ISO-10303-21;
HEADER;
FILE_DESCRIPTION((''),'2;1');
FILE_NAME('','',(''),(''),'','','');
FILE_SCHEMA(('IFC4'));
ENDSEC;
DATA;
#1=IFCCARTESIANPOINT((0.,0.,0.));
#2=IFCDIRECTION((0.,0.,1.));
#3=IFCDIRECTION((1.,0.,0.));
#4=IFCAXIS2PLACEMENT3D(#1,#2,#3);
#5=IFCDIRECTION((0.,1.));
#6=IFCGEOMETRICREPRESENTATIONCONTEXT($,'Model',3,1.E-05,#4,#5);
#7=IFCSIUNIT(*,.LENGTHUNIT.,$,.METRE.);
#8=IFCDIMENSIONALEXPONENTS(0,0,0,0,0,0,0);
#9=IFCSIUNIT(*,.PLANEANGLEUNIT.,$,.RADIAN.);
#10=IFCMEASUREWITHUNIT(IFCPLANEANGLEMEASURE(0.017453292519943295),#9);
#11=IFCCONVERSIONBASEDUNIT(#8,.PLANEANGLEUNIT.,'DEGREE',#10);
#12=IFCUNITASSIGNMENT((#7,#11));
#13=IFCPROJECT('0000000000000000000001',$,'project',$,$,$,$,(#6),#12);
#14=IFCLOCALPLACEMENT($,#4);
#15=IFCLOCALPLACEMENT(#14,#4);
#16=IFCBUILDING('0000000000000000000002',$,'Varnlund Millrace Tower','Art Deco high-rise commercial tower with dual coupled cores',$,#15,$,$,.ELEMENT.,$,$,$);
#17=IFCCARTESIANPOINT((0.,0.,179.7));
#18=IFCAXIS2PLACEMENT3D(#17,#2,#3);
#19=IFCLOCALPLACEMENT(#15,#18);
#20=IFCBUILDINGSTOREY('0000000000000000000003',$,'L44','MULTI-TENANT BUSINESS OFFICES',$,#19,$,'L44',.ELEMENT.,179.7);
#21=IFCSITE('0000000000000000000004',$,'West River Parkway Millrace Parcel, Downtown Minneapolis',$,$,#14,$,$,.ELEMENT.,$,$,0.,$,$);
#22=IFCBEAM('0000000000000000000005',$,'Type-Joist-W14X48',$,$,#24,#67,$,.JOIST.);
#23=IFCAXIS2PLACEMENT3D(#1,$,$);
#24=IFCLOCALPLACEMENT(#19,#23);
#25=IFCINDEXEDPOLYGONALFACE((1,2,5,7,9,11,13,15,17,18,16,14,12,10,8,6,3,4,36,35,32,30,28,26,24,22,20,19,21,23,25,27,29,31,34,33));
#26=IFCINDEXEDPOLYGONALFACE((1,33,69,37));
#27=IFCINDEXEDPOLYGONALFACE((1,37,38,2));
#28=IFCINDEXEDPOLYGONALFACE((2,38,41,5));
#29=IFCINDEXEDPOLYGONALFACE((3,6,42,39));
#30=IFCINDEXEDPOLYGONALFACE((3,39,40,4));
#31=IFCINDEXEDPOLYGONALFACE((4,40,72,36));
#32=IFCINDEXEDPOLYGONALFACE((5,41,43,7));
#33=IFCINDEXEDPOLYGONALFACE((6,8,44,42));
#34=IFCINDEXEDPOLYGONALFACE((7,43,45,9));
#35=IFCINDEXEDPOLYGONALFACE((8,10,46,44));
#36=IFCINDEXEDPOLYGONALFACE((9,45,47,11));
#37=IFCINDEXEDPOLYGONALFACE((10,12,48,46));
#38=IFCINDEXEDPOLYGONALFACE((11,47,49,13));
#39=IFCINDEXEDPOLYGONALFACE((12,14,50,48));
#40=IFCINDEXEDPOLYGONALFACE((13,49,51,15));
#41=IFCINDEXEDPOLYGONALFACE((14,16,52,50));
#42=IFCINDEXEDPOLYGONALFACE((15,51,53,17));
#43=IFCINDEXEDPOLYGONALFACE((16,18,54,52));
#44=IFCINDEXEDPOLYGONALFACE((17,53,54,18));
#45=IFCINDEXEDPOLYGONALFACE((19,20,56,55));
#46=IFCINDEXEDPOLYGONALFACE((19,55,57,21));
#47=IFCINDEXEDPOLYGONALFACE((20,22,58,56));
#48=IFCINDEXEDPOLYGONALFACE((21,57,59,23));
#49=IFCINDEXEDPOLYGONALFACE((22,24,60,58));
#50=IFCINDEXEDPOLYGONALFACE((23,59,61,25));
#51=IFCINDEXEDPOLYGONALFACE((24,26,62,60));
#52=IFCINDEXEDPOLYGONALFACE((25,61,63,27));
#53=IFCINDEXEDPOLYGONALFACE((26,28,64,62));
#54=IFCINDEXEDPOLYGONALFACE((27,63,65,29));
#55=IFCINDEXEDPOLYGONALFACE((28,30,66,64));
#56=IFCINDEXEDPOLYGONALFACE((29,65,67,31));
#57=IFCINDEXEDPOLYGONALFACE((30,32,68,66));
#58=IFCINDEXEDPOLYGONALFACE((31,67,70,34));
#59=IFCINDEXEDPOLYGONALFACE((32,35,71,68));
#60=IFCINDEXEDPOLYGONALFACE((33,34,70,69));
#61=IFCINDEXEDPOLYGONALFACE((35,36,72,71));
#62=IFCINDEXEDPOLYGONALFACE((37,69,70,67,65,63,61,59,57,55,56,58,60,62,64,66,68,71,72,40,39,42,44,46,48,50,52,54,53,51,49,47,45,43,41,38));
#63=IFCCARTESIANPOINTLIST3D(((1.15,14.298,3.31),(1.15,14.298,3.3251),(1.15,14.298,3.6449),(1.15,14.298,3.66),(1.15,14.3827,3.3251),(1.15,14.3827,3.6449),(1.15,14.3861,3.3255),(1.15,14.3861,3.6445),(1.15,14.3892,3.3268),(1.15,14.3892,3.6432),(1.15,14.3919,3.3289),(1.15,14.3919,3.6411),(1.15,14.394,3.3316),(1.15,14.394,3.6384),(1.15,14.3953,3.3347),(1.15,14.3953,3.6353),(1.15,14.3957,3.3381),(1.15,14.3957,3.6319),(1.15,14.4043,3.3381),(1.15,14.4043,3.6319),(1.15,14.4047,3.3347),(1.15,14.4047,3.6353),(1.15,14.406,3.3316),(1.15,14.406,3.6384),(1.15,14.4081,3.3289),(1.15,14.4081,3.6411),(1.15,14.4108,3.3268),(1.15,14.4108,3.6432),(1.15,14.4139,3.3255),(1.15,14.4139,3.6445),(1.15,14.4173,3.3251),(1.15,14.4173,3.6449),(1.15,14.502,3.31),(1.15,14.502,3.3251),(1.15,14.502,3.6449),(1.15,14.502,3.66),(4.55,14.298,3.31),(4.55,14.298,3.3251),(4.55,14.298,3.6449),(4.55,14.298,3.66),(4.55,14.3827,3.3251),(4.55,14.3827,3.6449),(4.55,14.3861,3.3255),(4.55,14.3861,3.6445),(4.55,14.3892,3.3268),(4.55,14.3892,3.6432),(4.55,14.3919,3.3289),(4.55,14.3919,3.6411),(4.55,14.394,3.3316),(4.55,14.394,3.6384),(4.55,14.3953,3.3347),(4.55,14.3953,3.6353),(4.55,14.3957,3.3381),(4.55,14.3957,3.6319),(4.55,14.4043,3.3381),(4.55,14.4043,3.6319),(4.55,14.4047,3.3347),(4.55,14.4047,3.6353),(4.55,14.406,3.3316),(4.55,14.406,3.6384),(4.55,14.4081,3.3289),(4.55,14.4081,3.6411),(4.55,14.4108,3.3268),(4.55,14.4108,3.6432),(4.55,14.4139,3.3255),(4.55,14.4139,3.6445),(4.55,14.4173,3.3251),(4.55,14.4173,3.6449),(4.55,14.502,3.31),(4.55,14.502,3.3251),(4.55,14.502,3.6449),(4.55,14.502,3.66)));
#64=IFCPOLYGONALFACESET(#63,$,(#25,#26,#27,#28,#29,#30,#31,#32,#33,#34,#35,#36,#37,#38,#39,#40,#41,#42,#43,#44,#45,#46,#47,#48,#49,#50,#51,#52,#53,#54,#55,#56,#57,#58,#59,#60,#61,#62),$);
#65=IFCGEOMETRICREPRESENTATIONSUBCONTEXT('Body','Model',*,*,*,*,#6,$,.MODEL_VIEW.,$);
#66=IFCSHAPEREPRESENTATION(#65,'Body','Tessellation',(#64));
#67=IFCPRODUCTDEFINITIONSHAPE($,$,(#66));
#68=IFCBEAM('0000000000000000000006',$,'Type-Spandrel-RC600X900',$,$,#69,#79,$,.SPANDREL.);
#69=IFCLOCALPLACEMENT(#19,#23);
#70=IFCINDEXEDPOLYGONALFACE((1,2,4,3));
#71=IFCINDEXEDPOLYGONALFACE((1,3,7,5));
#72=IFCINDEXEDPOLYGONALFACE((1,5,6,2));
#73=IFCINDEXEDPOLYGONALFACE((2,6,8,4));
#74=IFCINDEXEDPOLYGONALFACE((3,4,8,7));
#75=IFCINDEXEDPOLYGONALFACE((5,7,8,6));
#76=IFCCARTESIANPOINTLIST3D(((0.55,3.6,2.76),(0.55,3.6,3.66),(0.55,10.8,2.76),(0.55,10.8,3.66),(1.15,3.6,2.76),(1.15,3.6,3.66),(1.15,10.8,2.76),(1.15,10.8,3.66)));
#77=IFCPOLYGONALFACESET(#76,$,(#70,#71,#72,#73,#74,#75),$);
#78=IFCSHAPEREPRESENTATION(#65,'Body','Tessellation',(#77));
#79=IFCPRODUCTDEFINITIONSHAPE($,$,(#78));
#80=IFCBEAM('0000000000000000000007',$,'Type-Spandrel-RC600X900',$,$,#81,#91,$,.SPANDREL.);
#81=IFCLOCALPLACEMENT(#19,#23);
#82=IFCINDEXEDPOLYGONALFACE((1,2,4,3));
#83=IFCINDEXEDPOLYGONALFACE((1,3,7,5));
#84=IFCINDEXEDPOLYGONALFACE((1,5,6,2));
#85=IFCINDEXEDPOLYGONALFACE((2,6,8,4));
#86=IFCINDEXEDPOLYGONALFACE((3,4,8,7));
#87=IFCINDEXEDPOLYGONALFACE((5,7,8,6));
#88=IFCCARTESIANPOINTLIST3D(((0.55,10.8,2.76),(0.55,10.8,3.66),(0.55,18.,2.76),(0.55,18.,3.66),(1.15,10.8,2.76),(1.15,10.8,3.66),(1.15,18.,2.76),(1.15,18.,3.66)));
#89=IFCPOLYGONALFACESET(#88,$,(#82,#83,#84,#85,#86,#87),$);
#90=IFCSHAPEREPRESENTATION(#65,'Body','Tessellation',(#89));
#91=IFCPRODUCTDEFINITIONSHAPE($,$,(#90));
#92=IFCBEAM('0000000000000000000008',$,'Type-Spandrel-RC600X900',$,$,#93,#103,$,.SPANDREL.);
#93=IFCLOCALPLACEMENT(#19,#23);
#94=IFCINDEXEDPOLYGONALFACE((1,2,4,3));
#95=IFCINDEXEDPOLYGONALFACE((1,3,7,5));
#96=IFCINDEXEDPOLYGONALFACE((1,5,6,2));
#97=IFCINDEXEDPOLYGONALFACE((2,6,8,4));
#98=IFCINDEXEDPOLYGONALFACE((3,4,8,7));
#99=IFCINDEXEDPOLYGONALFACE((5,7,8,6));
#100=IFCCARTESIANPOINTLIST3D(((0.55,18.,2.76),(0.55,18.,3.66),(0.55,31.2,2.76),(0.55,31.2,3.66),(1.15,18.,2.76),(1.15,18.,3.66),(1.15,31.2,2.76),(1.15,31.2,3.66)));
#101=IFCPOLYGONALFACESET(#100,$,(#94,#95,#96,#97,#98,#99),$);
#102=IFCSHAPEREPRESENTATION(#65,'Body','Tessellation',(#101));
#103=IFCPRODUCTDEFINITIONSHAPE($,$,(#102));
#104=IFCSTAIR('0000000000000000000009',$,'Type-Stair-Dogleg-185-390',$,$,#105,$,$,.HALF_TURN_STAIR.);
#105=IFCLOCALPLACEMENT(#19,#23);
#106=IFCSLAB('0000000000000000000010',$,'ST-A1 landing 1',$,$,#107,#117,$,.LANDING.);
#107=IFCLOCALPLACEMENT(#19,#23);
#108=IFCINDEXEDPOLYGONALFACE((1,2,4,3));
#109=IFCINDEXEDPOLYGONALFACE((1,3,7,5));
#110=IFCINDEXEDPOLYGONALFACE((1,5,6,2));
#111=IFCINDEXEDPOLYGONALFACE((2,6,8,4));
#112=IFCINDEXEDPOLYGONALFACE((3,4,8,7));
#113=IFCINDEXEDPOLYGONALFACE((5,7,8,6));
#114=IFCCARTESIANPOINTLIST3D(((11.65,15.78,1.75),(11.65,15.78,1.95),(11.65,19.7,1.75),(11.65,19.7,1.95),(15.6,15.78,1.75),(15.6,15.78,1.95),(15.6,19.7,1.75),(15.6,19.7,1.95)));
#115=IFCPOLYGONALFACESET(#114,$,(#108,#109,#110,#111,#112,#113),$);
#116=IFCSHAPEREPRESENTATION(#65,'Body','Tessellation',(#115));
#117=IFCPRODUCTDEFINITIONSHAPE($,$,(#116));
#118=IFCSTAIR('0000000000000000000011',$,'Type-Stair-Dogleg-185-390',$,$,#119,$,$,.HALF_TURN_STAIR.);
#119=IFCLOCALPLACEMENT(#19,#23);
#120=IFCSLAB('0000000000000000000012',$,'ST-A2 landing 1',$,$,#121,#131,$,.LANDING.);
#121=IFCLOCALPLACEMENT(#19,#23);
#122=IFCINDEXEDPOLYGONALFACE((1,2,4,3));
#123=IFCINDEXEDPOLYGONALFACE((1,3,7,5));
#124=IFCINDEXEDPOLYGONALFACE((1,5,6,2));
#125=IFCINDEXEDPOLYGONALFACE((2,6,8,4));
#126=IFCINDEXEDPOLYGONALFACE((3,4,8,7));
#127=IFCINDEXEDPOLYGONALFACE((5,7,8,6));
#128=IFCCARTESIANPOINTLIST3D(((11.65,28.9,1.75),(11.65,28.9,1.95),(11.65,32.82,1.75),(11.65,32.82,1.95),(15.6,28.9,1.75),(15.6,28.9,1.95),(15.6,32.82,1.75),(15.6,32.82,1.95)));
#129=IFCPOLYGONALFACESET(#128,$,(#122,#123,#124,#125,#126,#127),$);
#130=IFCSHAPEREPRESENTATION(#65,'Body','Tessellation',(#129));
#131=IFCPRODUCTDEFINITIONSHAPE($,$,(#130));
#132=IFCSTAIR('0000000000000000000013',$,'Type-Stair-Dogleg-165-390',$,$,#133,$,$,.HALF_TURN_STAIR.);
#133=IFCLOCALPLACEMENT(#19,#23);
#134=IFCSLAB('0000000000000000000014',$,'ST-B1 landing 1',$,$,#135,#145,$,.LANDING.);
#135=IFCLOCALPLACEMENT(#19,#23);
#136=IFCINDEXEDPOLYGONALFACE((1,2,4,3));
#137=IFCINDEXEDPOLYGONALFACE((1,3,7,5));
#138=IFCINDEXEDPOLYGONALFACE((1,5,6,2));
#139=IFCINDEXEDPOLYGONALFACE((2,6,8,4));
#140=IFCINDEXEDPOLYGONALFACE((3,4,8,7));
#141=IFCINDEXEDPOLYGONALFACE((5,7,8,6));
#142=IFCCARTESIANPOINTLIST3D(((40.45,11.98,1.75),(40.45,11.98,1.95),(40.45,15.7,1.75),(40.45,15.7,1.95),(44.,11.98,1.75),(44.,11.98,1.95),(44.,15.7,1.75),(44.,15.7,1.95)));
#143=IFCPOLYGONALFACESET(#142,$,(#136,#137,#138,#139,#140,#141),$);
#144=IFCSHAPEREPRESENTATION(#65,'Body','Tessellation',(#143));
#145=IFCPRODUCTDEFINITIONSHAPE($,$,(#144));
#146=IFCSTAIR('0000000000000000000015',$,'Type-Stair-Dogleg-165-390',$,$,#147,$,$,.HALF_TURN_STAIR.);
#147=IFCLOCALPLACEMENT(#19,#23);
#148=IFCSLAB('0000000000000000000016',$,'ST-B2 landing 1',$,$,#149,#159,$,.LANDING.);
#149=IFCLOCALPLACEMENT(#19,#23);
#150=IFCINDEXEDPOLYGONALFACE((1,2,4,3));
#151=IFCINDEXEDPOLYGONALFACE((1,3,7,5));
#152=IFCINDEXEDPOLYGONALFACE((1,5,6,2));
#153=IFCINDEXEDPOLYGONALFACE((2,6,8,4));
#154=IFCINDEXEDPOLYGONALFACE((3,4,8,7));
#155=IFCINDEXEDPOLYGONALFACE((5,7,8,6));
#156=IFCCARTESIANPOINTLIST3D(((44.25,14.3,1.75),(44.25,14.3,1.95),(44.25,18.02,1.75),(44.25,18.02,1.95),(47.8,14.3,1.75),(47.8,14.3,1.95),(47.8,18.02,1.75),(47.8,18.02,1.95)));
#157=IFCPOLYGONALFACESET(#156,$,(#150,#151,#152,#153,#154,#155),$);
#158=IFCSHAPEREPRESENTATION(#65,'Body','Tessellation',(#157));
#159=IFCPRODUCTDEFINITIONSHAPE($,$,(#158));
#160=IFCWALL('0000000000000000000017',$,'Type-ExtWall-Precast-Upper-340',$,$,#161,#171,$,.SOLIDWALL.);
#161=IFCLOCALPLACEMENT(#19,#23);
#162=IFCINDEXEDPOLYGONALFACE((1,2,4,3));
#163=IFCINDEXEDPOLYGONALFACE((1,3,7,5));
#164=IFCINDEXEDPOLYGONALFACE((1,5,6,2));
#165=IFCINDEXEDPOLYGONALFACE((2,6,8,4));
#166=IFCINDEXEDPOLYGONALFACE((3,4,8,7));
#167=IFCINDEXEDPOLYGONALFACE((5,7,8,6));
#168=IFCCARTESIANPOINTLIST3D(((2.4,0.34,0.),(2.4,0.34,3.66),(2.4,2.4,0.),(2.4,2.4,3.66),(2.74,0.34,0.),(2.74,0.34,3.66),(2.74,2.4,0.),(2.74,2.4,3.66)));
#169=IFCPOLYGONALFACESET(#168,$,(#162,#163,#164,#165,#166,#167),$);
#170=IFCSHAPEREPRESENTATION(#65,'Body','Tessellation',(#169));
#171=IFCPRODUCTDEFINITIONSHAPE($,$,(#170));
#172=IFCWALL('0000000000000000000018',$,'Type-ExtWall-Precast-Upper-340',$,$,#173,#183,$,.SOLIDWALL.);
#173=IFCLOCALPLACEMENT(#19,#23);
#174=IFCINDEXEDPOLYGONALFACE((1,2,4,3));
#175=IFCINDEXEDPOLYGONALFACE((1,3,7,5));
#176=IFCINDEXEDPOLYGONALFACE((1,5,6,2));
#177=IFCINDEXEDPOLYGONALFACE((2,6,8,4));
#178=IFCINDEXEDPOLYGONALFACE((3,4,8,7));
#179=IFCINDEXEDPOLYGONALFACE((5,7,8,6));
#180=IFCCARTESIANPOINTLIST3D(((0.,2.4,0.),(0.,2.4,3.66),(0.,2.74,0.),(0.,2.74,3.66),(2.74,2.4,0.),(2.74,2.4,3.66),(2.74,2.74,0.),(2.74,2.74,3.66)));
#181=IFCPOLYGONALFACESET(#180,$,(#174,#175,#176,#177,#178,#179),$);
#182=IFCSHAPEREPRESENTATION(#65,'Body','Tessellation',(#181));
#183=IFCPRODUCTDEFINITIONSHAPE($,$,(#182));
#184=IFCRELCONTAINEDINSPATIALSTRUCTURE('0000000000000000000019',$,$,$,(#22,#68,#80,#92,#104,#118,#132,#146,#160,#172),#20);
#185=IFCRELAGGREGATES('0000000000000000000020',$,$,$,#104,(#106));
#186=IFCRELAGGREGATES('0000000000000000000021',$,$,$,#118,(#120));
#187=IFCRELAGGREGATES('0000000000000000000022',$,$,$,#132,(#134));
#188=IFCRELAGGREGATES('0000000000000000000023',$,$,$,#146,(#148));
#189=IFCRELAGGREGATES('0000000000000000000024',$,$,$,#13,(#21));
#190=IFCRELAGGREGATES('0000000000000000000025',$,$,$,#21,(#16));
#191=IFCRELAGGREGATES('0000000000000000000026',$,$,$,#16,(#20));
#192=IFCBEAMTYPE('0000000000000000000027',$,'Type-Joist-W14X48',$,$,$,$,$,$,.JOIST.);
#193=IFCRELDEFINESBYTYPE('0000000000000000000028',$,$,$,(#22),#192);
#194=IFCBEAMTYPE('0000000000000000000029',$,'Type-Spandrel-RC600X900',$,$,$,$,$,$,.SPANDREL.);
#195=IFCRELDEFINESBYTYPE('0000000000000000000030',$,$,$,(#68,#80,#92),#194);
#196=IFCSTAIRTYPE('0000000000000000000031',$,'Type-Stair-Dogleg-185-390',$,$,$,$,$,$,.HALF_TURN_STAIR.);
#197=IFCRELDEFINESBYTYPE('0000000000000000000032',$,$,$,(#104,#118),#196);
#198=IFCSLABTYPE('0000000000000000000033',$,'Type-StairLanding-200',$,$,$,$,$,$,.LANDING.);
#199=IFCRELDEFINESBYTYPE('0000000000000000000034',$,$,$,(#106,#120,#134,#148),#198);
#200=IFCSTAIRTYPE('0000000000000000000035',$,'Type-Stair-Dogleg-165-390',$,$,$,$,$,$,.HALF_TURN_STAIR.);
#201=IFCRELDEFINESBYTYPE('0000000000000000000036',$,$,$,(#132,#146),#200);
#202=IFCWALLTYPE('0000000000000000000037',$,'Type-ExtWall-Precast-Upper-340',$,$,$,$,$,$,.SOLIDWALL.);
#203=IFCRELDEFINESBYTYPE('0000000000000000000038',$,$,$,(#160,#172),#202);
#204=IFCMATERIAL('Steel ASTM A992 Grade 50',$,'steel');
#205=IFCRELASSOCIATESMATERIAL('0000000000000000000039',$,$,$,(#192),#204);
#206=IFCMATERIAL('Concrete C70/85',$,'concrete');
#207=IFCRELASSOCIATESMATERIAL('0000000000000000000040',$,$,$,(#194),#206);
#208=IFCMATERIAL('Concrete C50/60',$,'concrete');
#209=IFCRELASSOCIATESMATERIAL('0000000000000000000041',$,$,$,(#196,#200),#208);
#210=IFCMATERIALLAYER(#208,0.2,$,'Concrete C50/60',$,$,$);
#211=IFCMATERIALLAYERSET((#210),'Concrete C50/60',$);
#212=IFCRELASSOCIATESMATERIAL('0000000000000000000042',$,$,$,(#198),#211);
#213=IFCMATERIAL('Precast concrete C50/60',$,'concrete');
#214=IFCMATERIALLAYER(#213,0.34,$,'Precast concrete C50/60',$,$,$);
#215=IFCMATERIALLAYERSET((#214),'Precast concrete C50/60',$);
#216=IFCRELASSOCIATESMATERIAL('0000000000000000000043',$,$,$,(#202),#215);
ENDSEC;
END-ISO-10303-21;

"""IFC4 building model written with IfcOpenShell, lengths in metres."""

from ifc_helpers import new_model, entity, si_unit, converted_unit, direction, frame, origin_with_axes, origin_2d_with_axis, place, context, subcontext, project, spatial, polyline, rectangle, i_section, outline, extrude, material, layer, layer_set, material_profile, profile_set, type_object, element, aggregate, save


model = new_model("IFC4")

# Units and contexts
model_context = context("Model", 3, precision=1e-05, world=origin_with_axes(), true_north=direction((0.0, 1.0)))
body_context = subcontext(model_context, "Body", "Model", "MODEL_VIEW")
ifc_project = project(units=[si_unit("LENGTHUNIT", "METRE"), converted_unit("PLANEANGLEUNIT", "DEGREE", entity("IfcPlaneAngleMeasure", 0.017453292519943295), si_unit("PLANEANGLEUNIT", "RADIAN"), dimensions=[0, 0, 0, 0, 0, 0, 0])], contexts=[model_context])

# Site, building, storey
site_placement = place(None, origin_with_axes())
site = spatial("IfcSite", under=ifc_project, at=site_placement, Name="West River Parkway Millrace Parcel, Downtown Minneapolis", CompositionType="ELEMENT", RefElevation=0.0)
building_placement = place(site_placement, origin_with_axes())
building = spatial("IfcBuilding", under=site, at=building_placement, Name="Varnlund Millrace Tower", Description="Art Deco high-rise commercial tower with dual coupled cores", CompositionType="ELEMENT")
storey_placement = place(building_placement, frame((0.0, 0.0, 179.7), z_axis=(0.0, 0.0, 1.0), x_axis=(1.0, 0.0, 0.0)))
storey = spatial("IfcBuildingStorey", under=building, at=storey_placement, Name="L44", Description="MULTI-TENANT BUSINESS OFFICES", LongName="L44", CompositionType="ELEMENT", Elevation=179.7)

# Beams
ifc_material_1 = material(Name="Steel ASTM A992 Grade 50", Category="steel")
ifc_material_profile_1 = material_profile(ifc_material_1, i_section(OverallWidth=0.204, OverallDepth=0.35, WebThickness=0.0086, FlangeThickness=0.0151, FilletRadius=0.013, at=origin_2d_with_axis()), Name="Steel ASTM A992 Grade 50")
ifc_profile_set_1 = profile_set([ifc_material_profile_1], Name="Steel ASTM A992 Grade 50")
beam_type_1 = type_object("IfcBeamType", Name="Type-Joist-W14X48", PredefinedType="JOIST", material=ifc_profile_set_1)
for number, where, z_axis, x_axis, name in (
    (1, (1.15, 14.4, 3.485), (1.0, 0.0, 0.0), (0.0, 1.0, 0.0), "Type-Joist-W14X48"),
):
    element("IfcBeam", number, at=place(storey_placement, frame(where, z_axis=z_axis, x_axis=x_axis)), inside=storey, type_object=beam_type_1, Name=name, PredefinedType="JOIST", context=body_context, shape_type="SweptSolid", body=[
        extrude(i_section(OverallWidth=0.204, OverallDepth=0.35, WebThickness=0.0086, FlangeThickness=0.0151, FilletRadius=0.013, at=origin_2d_with_axis()), origin_with_axes(), (0.0, 0.0, 1.0), 3.4),
    ])
ifc_material_2 = material(Name="Concrete C70/85", Category="concrete")
ifc_material_profile_2 = material_profile(ifc_material_2, rectangle(XDim=0.6, YDim=0.9, at=origin_2d_with_axis()), Name="Concrete C70/85")
ifc_profile_set_2 = profile_set([ifc_material_profile_2], Name="Concrete C70/85")
beam_type_2 = type_object("IfcBeamType", Name="Type-Spandrel-RC600X900", PredefinedType="SPANDREL", material=ifc_profile_set_2)
for number, where, z_axis, x_axis, name in (
    (2, (0.85, 3.6, 3.21), (0.0, 1.0, 0.0), (-1.0, 0.0, 0.0), "Type-Spandrel-RC600X900"),
    (3, (0.85, 10.8, 3.21), (0.0, 1.0, 0.0), (-1.0, 0.0, 0.0), "Type-Spandrel-RC600X900"),
):
    element("IfcBeam", number, at=place(storey_placement, frame(where, z_axis=z_axis, x_axis=x_axis)), inside=storey, type_object=beam_type_2, Name=name, PredefinedType="SPANDREL", context=body_context, shape_type="SweptSolid", body=[
        extrude(rectangle(XDim=0.6, YDim=0.9, at=origin_2d_with_axis()), origin_with_axes(), (0.0, 0.0, 1.0), 7.2),
    ])
beam_1_placement = place(storey_placement, frame((0.85, 18.0, 3.21), z_axis=(0.0, 1.0, 0.0), x_axis=(-1.0, 0.0, 0.0)))
element("IfcBeam", 4, at=beam_1_placement, inside=storey, type_object=beam_type_2, Name="Type-Spandrel-RC600X900", PredefinedType="SPANDREL", context=body_context, shape_type="SweptSolid", body=[
    extrude(rectangle(XDim=0.6, YDim=0.9, at=origin_2d_with_axis()), origin_with_axes(), (0.0, 0.0, 1.0), 13.2),
])

# Stairs, slabs
ifc_material_3 = material(Name="Concrete C50/60", Category="concrete")
stair_type_1 = type_object("IfcStairType", Name="Type-Stair-Dogleg-185-390", PredefinedType="HALF_TURN_STAIR", material=ifc_material_3)
stair_1_placement = place(storey_placement, origin_with_axes())
stair_1 = element("IfcStair", 5, at=stair_1_placement, inside=storey, type_object=stair_type_1, Name="Type-Stair-Dogleg-185-390", PredefinedType="HALF_TURN_STAIR")
ifc_layer_1 = layer(ifc_material_3, 0.2, Name="Concrete C50/60")
ifc_layer_set_1 = layer_set([ifc_layer_1], Name="Concrete C50/60")
slab_type = type_object("IfcSlabType", Name="Type-StairLanding-200", PredefinedType="LANDING", material=ifc_layer_set_1)
slab_1_placement = place(storey_placement, frame((0.0, 0.0, 1.75), z_axis=(0.0, 0.0, 1.0), x_axis=(1.0, 0.0, 0.0)))
slab_1 = element("IfcSlab", 6, at=slab_1_placement, type_object=slab_type, Name="ST-A1 landing 1", PredefinedType="LANDING", context=body_context, shape_type="SweptSolid", body=[
    extrude(outline(polyline([(15.6, 15.78), (15.6, 19.7), (11.65, 19.7), (11.65, 15.78), (15.6, 15.78)])), origin_with_axes(), (0.0, 0.0, 1.0), 0.2),
])
aggregate(stair_1, [slab_1])
stair_2_placement = place(storey_placement, origin_with_axes())
stair_2 = element("IfcStair", 7, at=stair_2_placement, inside=storey, type_object=stair_type_1, Name="Type-Stair-Dogleg-185-390", PredefinedType="HALF_TURN_STAIR")
slab_2_placement = place(storey_placement, frame((0.0, 0.0, 1.75), z_axis=(0.0, 0.0, 1.0), x_axis=(1.0, 0.0, 0.0)))
slab_2 = element("IfcSlab", 8, at=slab_2_placement, type_object=slab_type, Name="ST-A2 landing 1", PredefinedType="LANDING", context=body_context, shape_type="SweptSolid", body=[
    extrude(outline(polyline([(11.65, 32.82), (11.65, 28.9), (15.6, 28.9), (15.6, 32.82), (11.65, 32.82)])), origin_with_axes(), (0.0, 0.0, 1.0), 0.2),
])
aggregate(stair_2, [slab_2])
stair_type_2 = type_object("IfcStairType", Name="Type-Stair-Dogleg-165-390", PredefinedType="HALF_TURN_STAIR", material=ifc_material_3)
stair_3_placement = place(storey_placement, origin_with_axes())
stair_3 = element("IfcStair", 9, at=stair_3_placement, inside=storey, type_object=stair_type_2, Name="Type-Stair-Dogleg-165-390", PredefinedType="HALF_TURN_STAIR")
slab_3_placement = place(storey_placement, frame((0.0, 0.0, 1.75), z_axis=(0.0, 0.0, 1.0), x_axis=(1.0, 0.0, 0.0)))
slab_3 = element("IfcSlab", 10, at=slab_3_placement, type_object=slab_type, Name="ST-B1 landing 1", PredefinedType="LANDING", context=body_context, shape_type="SweptSolid", body=[
    extrude(outline(polyline([(44.0, 11.98), (44.0, 15.7), (40.45, 15.7), (40.45, 11.98), (44.0, 11.98)])), origin_with_axes(), (0.0, 0.0, 1.0), 0.2),
])
aggregate(stair_3, [slab_3])
stair_4_placement = place(storey_placement, origin_with_axes())
stair_4 = element("IfcStair", 11, at=stair_4_placement, inside=storey, type_object=stair_type_2, Name="Type-Stair-Dogleg-165-390", PredefinedType="HALF_TURN_STAIR")
slab_4_placement = place(storey_placement, frame((0.0, 0.0, 1.75), z_axis=(0.0, 0.0, 1.0), x_axis=(1.0, 0.0, 0.0)))
slab_4 = element("IfcSlab", 12, at=slab_4_placement, type_object=slab_type, Name="ST-B2 landing 1", PredefinedType="LANDING", context=body_context, shape_type="SweptSolid", body=[
    extrude(outline(polyline([(44.25, 18.02), (44.25, 14.3), (47.8, 14.3), (47.8, 18.02), (44.25, 18.02)])), origin_with_axes(), (0.0, 0.0, 1.0), 0.2),
])
aggregate(stair_4, [slab_4])

# Walls
ifc_material_4 = material(Name="Precast concrete C50/60", Category="concrete")
ifc_layer_2 = layer(ifc_material_4, 0.34, Name="Precast concrete C50/60")
ifc_layer_set_2 = layer_set([ifc_layer_2], Name="Precast concrete C50/60")
wall_type = type_object("IfcWallType", Name="Type-ExtWall-Precast-Upper-340", PredefinedType="SOLIDWALL", material=ifc_layer_set_2)
wall_1_placement = place(storey_placement, frame((2.57, 0.34, 0.0), z_axis=(0.0, 0.0, 1.0), x_axis=(0.0, 1.0, 0.0)))
element("IfcWall", 13, at=wall_1_placement, inside=storey, type_object=wall_type, Name="Type-ExtWall-Precast-Upper-340", PredefinedType="SOLIDWALL", context=body_context, shape_type="SweptSolid", body=[
    extrude(outline(polyline([(0.0, -0.17), (2.06, -0.17), (2.06, 0.17), (0.0, 0.17), (0.0, -0.17)])), origin_with_axes(), (0.0, 0.0, 1.0), 3.66),
])
wall_2_placement = place(storey_placement, frame((2.74, 2.57, 0.0), z_axis=(0.0, 0.0, 1.0), x_axis=(-1.0, 0.0, 0.0)))
element("IfcWall", 14, at=wall_2_placement, inside=storey, type_object=wall_type, Name="Type-ExtWall-Precast-Upper-340", PredefinedType="SOLIDWALL", context=body_context, shape_type="SweptSolid", body=[
    extrude(outline(polyline([(0.0, -0.17), (2.74, -0.17), (2.74, 0.17), (0.0, 0.17), (0.0, -0.17)])), origin_with_axes(), (0.0, 0.0, 1.0), 3.66),
])

save(model, "model.ifc")
